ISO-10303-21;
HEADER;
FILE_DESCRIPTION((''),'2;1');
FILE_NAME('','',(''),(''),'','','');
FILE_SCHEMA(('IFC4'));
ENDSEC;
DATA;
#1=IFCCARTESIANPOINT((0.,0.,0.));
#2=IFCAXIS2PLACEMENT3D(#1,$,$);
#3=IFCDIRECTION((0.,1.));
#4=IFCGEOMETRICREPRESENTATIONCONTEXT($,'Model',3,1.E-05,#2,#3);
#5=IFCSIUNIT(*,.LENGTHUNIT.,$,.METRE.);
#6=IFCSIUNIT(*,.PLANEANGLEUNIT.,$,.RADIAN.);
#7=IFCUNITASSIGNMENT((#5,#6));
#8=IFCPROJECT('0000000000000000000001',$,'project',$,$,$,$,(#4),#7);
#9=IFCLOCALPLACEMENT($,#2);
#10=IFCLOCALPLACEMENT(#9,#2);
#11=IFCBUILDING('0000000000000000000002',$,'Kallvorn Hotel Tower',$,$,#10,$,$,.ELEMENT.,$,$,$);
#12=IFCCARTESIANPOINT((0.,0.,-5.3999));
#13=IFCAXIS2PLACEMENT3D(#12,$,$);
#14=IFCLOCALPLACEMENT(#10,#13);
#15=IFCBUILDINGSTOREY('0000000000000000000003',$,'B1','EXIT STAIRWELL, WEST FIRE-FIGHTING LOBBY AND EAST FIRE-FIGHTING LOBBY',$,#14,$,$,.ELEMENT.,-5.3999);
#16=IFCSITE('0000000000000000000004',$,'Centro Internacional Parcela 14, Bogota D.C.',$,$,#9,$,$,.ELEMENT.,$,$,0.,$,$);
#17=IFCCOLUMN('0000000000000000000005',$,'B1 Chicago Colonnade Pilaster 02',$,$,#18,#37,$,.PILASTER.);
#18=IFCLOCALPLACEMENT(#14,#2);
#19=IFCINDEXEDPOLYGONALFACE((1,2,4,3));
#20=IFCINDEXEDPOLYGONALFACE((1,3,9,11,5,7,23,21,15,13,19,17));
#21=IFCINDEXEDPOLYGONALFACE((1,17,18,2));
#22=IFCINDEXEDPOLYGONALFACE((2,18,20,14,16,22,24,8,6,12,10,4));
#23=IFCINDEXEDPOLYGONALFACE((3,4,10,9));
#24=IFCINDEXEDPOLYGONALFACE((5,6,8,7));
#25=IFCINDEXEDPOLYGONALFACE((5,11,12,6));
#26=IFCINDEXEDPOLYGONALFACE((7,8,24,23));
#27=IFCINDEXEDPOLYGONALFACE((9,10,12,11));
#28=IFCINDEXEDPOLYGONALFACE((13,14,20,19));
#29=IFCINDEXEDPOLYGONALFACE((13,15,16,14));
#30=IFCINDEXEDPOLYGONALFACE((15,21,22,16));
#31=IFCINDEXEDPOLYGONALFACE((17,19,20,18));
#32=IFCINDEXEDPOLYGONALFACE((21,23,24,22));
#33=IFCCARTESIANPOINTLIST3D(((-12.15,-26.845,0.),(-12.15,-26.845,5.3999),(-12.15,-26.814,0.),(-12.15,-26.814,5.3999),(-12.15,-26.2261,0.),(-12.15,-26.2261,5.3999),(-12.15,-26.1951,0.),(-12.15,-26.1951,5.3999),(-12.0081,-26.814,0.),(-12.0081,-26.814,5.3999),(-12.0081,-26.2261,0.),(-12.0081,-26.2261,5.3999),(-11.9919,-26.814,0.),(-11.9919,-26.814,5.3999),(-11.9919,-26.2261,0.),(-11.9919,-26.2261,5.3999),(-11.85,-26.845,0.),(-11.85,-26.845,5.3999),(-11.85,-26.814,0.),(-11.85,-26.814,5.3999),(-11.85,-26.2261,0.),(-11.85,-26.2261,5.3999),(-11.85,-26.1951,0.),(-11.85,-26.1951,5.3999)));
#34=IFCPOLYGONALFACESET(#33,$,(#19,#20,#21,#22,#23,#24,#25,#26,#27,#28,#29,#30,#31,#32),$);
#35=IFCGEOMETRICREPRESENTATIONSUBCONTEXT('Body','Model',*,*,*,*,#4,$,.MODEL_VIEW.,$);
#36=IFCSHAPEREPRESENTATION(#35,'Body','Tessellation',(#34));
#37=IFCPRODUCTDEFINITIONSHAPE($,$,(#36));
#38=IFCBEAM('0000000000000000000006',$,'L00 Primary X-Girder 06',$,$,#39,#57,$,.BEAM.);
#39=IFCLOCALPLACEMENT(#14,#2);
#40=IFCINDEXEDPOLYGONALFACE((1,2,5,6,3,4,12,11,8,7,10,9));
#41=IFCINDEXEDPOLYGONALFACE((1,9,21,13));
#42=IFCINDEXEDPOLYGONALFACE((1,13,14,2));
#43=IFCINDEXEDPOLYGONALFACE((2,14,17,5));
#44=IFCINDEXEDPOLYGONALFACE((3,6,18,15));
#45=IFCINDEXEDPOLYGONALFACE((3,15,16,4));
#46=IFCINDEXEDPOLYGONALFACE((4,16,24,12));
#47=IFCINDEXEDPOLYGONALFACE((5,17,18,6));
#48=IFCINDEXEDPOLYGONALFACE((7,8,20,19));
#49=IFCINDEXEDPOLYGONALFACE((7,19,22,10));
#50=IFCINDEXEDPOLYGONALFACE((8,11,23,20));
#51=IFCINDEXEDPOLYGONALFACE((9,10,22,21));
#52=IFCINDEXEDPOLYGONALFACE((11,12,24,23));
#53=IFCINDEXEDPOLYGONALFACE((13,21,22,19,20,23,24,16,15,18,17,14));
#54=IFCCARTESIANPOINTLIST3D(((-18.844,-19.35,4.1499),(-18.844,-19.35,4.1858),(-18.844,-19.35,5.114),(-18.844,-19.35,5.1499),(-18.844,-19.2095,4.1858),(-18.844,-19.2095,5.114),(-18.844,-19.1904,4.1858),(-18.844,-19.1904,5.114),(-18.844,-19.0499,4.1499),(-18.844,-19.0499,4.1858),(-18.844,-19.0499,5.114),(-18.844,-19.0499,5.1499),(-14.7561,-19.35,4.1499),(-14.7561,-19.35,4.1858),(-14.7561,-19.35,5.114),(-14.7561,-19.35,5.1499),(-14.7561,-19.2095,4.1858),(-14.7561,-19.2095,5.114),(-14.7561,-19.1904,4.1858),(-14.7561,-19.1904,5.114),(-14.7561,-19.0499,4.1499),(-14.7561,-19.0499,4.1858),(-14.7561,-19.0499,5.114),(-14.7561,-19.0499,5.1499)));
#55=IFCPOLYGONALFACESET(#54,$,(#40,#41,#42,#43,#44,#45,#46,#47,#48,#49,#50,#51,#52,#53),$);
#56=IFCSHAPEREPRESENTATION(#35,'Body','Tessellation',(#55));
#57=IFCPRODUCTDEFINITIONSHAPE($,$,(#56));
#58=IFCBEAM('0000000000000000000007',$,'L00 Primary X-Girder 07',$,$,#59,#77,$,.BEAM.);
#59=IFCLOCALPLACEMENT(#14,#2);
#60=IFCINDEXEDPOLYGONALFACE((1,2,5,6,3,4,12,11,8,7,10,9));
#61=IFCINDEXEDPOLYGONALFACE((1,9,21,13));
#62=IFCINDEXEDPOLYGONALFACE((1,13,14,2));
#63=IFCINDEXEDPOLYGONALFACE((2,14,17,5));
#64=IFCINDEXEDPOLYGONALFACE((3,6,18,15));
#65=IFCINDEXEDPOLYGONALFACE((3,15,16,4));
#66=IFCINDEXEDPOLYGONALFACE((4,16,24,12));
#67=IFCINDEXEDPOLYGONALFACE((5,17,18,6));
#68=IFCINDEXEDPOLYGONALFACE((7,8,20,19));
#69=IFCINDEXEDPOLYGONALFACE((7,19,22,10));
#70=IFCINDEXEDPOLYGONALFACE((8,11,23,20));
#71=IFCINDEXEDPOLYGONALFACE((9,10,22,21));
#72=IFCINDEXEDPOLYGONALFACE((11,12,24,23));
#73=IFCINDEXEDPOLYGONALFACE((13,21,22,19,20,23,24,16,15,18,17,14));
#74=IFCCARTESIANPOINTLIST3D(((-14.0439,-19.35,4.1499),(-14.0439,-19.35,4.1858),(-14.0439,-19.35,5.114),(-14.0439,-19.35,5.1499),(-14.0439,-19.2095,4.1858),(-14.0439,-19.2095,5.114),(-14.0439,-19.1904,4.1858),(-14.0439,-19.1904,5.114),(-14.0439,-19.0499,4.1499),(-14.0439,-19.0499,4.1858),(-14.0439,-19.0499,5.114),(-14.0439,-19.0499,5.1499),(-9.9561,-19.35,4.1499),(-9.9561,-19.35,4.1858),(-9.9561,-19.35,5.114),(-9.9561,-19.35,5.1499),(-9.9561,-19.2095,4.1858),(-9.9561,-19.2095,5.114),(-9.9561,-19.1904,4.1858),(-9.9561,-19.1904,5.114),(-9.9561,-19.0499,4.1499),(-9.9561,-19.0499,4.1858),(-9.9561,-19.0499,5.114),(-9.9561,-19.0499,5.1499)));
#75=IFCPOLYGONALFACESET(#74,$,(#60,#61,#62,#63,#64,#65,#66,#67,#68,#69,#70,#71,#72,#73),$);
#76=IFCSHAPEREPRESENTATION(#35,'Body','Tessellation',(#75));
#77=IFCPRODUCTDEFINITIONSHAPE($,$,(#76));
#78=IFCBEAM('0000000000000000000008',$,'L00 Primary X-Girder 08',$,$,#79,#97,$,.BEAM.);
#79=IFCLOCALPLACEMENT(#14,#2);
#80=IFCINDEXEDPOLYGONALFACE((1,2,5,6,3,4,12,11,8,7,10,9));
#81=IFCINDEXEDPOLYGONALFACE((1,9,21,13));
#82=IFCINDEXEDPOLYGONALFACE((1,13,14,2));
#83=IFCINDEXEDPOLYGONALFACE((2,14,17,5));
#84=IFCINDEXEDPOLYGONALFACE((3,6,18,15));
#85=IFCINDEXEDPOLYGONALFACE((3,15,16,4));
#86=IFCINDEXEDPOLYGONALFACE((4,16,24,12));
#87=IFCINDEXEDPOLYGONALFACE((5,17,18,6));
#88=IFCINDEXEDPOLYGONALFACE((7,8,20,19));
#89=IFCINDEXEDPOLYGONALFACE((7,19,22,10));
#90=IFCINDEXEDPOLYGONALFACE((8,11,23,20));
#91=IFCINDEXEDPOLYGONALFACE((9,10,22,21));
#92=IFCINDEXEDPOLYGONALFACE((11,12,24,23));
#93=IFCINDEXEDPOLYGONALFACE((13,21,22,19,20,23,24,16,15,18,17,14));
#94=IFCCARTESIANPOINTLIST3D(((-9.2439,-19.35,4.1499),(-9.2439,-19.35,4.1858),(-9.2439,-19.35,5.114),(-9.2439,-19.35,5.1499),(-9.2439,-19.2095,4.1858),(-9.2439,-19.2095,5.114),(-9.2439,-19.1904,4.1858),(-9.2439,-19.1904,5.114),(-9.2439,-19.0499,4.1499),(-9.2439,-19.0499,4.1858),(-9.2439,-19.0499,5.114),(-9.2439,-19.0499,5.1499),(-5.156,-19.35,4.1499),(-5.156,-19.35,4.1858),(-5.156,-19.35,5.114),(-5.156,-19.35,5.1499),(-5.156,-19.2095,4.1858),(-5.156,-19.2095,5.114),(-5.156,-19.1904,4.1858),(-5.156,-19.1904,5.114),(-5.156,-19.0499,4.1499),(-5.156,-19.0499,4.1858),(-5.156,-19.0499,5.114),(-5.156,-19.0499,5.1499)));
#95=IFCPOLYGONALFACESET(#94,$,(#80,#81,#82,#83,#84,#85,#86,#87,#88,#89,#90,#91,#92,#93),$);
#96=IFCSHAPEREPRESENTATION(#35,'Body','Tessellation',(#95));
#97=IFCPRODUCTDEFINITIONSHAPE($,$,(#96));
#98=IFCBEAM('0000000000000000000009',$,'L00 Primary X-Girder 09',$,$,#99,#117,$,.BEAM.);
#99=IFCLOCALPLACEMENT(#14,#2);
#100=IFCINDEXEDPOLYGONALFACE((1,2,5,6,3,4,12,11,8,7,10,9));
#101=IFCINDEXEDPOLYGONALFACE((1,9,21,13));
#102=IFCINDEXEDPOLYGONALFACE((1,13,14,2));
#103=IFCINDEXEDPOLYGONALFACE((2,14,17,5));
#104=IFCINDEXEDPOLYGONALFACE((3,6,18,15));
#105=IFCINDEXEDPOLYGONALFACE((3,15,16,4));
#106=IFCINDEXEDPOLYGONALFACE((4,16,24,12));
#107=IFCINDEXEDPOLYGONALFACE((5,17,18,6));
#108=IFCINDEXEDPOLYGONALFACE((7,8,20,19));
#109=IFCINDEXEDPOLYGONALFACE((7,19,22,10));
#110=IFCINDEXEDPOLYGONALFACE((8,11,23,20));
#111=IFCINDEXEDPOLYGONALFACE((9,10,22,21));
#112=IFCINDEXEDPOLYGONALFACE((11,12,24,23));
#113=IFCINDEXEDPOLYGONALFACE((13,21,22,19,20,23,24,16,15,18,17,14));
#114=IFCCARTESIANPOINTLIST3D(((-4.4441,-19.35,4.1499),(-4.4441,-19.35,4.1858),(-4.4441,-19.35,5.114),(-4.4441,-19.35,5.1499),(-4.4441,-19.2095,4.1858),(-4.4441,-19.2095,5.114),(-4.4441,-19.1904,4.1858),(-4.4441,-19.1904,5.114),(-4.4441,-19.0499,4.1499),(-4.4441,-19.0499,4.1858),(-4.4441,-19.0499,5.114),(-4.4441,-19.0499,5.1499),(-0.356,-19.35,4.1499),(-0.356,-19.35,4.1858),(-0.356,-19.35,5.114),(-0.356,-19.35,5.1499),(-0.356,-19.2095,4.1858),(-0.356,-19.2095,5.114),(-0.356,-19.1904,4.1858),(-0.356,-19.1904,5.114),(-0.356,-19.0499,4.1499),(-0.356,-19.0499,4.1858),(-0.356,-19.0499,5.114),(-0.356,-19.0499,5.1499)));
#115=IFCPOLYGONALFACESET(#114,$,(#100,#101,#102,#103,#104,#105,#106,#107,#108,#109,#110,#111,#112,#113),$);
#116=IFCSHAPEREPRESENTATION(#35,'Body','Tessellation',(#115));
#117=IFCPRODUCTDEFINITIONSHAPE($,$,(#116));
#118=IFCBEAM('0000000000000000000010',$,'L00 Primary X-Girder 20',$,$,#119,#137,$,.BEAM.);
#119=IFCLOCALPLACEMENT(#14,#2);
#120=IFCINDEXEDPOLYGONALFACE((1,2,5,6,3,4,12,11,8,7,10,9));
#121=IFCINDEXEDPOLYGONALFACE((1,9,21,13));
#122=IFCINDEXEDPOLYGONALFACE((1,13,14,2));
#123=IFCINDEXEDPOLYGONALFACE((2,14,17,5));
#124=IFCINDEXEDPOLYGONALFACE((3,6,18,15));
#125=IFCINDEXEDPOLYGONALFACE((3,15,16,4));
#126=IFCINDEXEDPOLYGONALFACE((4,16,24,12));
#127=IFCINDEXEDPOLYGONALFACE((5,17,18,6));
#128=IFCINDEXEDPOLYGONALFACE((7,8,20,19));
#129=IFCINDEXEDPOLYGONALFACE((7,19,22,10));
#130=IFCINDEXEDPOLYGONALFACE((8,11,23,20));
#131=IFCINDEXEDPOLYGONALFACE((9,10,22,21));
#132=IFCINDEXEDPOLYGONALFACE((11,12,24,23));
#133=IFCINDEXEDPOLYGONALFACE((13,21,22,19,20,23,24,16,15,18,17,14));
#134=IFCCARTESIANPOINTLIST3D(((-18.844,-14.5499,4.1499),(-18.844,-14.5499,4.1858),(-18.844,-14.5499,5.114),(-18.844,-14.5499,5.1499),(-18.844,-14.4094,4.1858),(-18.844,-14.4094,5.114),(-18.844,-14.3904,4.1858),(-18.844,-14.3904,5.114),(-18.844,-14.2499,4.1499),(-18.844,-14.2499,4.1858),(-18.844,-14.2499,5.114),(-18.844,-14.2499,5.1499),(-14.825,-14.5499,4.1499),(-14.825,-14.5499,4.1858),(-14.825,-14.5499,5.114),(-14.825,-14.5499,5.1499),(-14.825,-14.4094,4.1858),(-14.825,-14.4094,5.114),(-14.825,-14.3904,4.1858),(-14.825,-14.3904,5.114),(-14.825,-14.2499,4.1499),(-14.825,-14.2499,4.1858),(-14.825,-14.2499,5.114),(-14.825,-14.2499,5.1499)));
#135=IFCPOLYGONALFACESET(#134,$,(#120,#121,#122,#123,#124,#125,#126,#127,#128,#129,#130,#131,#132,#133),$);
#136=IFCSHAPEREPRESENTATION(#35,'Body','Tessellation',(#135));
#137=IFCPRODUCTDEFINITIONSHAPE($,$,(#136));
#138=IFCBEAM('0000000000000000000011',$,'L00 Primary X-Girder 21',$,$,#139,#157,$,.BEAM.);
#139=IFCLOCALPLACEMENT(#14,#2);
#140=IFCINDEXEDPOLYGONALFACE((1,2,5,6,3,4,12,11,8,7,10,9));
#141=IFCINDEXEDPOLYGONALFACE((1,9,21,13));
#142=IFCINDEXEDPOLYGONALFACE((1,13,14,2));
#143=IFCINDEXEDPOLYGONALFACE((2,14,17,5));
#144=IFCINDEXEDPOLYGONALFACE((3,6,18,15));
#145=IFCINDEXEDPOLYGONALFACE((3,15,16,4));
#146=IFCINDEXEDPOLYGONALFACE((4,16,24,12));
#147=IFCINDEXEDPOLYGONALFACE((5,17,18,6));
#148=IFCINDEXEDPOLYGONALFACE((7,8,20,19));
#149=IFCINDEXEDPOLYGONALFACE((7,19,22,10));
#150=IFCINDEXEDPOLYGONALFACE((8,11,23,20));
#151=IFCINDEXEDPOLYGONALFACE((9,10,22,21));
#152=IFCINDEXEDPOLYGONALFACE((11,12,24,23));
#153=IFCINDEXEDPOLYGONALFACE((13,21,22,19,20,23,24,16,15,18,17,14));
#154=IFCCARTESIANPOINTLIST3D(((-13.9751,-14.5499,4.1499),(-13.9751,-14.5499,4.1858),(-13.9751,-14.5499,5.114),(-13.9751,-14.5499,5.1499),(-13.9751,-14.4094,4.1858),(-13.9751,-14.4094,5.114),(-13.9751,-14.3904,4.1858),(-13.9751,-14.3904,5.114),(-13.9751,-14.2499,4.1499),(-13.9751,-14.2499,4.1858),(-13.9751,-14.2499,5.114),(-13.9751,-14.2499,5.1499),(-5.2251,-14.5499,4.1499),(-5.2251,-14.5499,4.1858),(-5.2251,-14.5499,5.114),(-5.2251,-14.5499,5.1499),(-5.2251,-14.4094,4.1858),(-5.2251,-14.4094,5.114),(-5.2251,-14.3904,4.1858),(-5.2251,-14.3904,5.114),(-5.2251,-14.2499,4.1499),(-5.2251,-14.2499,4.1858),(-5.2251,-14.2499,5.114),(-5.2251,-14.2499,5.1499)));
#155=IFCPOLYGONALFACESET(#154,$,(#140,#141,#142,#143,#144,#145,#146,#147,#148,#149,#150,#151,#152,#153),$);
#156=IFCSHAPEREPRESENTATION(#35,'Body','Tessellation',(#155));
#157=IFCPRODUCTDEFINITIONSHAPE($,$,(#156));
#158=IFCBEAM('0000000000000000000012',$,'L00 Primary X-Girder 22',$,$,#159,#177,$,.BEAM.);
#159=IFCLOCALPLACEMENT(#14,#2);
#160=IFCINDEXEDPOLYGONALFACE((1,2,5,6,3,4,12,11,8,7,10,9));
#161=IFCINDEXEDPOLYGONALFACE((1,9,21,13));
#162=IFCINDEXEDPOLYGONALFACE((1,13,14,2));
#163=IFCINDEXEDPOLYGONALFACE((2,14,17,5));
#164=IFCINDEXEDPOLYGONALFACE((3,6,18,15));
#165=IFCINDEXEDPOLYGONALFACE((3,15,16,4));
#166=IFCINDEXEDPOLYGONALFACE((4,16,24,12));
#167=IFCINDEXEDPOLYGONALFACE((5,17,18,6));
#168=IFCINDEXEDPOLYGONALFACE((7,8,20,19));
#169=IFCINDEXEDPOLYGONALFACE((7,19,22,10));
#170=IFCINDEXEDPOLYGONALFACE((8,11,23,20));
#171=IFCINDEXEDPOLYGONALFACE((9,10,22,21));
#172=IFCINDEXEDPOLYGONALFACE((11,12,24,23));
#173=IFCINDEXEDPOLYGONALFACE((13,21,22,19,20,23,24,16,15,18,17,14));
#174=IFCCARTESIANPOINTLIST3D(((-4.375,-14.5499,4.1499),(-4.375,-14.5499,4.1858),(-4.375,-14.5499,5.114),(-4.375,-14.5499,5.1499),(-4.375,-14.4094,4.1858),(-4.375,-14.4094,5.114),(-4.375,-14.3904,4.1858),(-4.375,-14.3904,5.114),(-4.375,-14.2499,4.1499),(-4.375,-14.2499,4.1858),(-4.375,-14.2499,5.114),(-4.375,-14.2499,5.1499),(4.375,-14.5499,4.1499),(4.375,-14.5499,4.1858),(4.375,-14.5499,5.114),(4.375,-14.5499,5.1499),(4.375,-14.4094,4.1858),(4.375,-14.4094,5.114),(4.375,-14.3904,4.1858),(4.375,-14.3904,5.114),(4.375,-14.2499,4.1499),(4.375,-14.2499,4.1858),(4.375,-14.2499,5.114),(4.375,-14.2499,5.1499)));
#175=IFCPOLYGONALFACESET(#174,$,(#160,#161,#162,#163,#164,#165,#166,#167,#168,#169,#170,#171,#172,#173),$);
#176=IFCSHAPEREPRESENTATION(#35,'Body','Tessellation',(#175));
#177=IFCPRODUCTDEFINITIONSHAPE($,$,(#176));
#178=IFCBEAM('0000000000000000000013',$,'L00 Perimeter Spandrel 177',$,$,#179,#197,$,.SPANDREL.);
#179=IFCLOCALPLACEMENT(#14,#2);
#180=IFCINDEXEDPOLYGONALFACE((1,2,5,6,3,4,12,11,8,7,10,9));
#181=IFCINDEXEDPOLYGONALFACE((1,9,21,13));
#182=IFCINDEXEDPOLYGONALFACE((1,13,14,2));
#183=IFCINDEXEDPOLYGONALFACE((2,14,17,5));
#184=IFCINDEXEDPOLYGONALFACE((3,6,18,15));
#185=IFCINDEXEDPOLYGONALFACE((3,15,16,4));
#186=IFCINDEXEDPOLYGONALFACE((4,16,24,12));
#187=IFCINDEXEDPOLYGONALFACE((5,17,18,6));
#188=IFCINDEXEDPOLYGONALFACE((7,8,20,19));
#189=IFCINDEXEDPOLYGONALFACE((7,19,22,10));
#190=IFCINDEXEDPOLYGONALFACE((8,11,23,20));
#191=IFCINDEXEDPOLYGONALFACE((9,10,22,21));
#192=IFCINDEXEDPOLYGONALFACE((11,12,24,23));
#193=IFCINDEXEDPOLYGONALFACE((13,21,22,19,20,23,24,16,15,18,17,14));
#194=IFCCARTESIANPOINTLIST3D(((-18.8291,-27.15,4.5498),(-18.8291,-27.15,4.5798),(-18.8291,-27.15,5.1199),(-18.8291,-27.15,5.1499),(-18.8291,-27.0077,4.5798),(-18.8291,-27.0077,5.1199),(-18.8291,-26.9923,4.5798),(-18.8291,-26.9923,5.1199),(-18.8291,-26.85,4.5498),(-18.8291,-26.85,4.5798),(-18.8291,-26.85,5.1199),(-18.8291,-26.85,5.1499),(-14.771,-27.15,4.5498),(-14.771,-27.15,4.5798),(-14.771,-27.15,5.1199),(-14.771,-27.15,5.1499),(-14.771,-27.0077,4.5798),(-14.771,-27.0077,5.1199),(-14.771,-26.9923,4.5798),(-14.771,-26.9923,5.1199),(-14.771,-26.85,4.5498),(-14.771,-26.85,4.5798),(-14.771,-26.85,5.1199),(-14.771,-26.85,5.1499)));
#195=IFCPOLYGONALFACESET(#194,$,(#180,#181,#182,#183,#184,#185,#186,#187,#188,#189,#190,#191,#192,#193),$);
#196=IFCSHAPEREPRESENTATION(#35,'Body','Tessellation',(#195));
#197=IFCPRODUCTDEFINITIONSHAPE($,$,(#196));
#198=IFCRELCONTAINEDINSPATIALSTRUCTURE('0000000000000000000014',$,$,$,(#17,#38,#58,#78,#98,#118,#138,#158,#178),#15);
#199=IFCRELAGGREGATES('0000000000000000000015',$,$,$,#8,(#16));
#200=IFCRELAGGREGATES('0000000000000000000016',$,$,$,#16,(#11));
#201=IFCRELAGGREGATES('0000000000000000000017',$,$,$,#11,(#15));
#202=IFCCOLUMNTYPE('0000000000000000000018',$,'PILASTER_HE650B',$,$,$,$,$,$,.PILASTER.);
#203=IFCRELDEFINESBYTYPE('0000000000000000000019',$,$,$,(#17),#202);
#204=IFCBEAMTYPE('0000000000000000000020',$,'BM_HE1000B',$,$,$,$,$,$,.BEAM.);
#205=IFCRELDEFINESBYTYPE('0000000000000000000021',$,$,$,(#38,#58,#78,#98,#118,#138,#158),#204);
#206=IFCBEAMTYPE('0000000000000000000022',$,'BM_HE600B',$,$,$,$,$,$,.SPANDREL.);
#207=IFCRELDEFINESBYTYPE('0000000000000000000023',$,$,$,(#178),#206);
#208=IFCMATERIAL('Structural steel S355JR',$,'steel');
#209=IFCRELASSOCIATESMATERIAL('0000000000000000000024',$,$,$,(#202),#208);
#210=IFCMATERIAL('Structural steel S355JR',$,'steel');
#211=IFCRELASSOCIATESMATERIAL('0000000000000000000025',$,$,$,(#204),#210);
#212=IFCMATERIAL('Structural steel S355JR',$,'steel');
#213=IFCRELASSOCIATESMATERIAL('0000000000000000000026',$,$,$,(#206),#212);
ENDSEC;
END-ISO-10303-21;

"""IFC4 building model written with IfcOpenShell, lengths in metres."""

from ifc_helpers import new_model, si_unit, direction, frame, origin, origin_2d, place, context, subcontext, project, spatial, i_section, extrude, material, material_profile, profile_set, type_object, element, save


model = new_model("IFC4")

# Units and contexts
model_context = context("Model", 3, precision=1e-05, world=origin(), true_north=direction((0.0, 1.0)))
body_context = subcontext(model_context, "Body", "Model", "MODEL_VIEW")
ifc_project = project(units=[si_unit("LENGTHUNIT", "METRE"), si_unit("PLANEANGLEUNIT", "RADIAN")], contexts=[model_context])

# Site, building, storey
site_placement = place(None, origin())
site = spatial("IfcSite", under=ifc_project, at=site_placement, Name="Centro Internacional Parcela 14, Bogota D.C.", CompositionType="ELEMENT", RefElevation=0.0)
building_placement = place(site_placement, origin())
building = spatial("IfcBuilding", under=site, at=building_placement, Name="Kallvorn Hotel Tower", CompositionType="ELEMENT")
storey_placement = place(building_placement, frame((0.0, 0.0, -5.3999)))
storey = spatial("IfcBuildingStorey", under=building, at=storey_placement, Name="B1", Description="EXIT STAIRWELL, WEST FIRE-FIGHTING LOBBY AND EAST FIRE-FIGHTING LOBBY", CompositionType="ELEMENT", Elevation=-5.3999)

# Column
ifc_material_1 = material(Name="Structural steel S355JR", Category="steel")
ifc_material_profile_1 = material_profile(ifc_material_1, i_section(OverallWidth=0.3, OverallDepth=0.6499, WebThickness=0.0161, FlangeThickness=0.031, at=origin_2d()), Name="HE 650 B")
ifc_profile_set_1 = profile_set([ifc_material_profile_1], Name="Structural steel S355JR")
column_type_1 = type_object("IfcColumnType", Name="PILASTER_HE650B", PredefinedType="PILASTER", material=ifc_profile_set_1)
column_placement = place(storey_placement, frame((-12.0, -26.52, 0.0), z_axis=(0.0, 0.0, 1.0), x_axis=(1.0, 0.0, 0.0)))
element("IfcColumn", 1, at=column_placement, inside=storey, type_object=column_type_1, Name="B1 Chicago Colonnade Pilaster 02", PredefinedType="PILASTER", context=body_context, shape_type="SweptSolid", body=[
    extrude(i_section(OverallWidth=0.3, OverallDepth=0.6499, WebThickness=0.0161, FlangeThickness=0.031, at=origin_2d()), origin(), (0.0, 0.0, 1.0), 5.3999),
])

# Beams
ifc_material_2 = material(Name="Structural steel S355JR", Category="steel")
ifc_material_profile_2 = material_profile(ifc_material_2, i_section(OverallWidth=0.3, OverallDepth=1.0, WebThickness=0.019, FlangeThickness=0.0359, at=origin_2d()), Name="HE 1000 B")
ifc_profile_set_2 = profile_set([ifc_material_profile_2], Name="Structural steel S355JR")
beam_type_1 = type_object("IfcBeamType", Name="BM_HE1000B", PredefinedType="BEAM", material=ifc_profile_set_2)
for number, where, z_axis, x_axis, name in (
    (2, (-18.844, -19.2, 4.6499), (1.0, 0.0, 0.0), (0.0, 1.0, 0.0), "L00 Primary X-Girder 06"),
    (3, (-14.0439, -19.2, 4.6499), (1.0, 0.0, 0.0), (0.0, 1.0, 0.0), "L00 Primary X-Girder 07"),
    (4, (-9.2439, -19.2, 4.6499), (1.0, 0.0, 0.0), (0.0, 1.0, 0.0), "L00 Primary X-Girder 08"),
):
    element("IfcBeam", number, at=place(storey_placement, frame(where, z_axis=z_axis, x_axis=x_axis)), inside=storey, type_object=beam_type_1, Name=name, PredefinedType="BEAM", context=body_context, shape_type="SweptSolid", body=[
        extrude(i_section(OverallWidth=0.3, OverallDepth=1.0, WebThickness=0.019, FlangeThickness=0.0359, at=origin_2d()), origin(), (0.0, 0.0, 1.0), 4.0879),
    ])
beam_1_placement = place(storey_placement, frame((-4.4441, -19.2, 4.6499), z_axis=(1.0, 0.0, 0.0), x_axis=(0.0, 1.0, 0.0)))
element("IfcBeam", 5, at=beam_1_placement, inside=storey, type_object=beam_type_1, Name="L00 Primary X-Girder 09", PredefinedType="BEAM", context=body_context, shape_type="SweptSolid", body=[
    extrude(i_section(OverallWidth=0.3, OverallDepth=1.0, WebThickness=0.019, FlangeThickness=0.0359, at=origin_2d()), origin(), (0.0, 0.0, 1.0), 4.0881),
])
beam_2_placement = place(storey_placement, frame((-18.844, -14.3999, 4.6499), z_axis=(1.0, 0.0, 0.0), x_axis=(0.0, 1.0, 0.0)))
element("IfcBeam", 6, at=beam_2_placement, inside=storey, type_object=beam_type_1, Name="L00 Primary X-Girder 20", PredefinedType="BEAM", context=body_context, shape_type="SweptSolid", body=[
    extrude(i_section(OverallWidth=0.3, OverallDepth=1.0, WebThickness=0.019, FlangeThickness=0.0359, at=origin_2d()), origin(), (0.0, 0.0, 1.0), 4.019),
])
for number, where, z_axis, x_axis, name in (
    (7, (-13.9751, -14.3999, 4.6499), (1.0, 0.0, 0.0), (0.0, 1.0, 0.0), "L00 Primary X-Girder 21"),
    (8, (-4.375, -14.3999, 4.6499), (1.0, 0.0, 0.0), (0.0, 1.0, 0.0), "L00 Primary X-Girder 22"),
):
    element("IfcBeam", number, at=place(storey_placement, frame(where, z_axis=z_axis, x_axis=x_axis)), inside=storey, type_object=beam_type_1, Name=name, PredefinedType="BEAM", context=body_context, shape_type="SweptSolid", body=[
        extrude(i_section(OverallWidth=0.3, OverallDepth=1.0, WebThickness=0.019, FlangeThickness=0.0359, at=origin_2d()), origin(), (0.0, 0.0, 1.0), 8.75),
    ])
ifc_material_3 = material(Name="Structural steel S355JR", Category="steel")
ifc_material_profile_3 = material_profile(ifc_material_3, i_section(OverallWidth=0.3, OverallDepth=0.6001, WebThickness=0.0154, FlangeThickness=0.03, at=origin_2d()), Name="HE 600 B")
ifc_profile_set_3 = profile_set([ifc_material_profile_3], Name="Structural steel S355JR")
beam_type_2 = type_object("IfcBeamType", Name="BM_HE600B", PredefinedType="SPANDREL", material=ifc_profile_set_3)
for number, where, z_axis, x_axis, name in (
    (9, (-18.8291, -27.0, 4.8499), (1.0, 0.0, 0.0), (0.0, 1.0, 0.0), "L00 Perimeter Spandrel 177"),
):
    element("IfcBeam", number, at=place(storey_placement, frame(where, z_axis=z_axis, x_axis=x_axis)), inside=storey, type_object=beam_type_2, Name=name, PredefinedType="SPANDREL", context=body_context, shape_type="SweptSolid", body=[
        extrude(i_section(OverallWidth=0.3, OverallDepth=0.6001, WebThickness=0.0154, FlangeThickness=0.03, at=origin_2d()), origin(), (0.0, 0.0, 1.0), 4.0581),
    ])

save(model, "model.ifc")
